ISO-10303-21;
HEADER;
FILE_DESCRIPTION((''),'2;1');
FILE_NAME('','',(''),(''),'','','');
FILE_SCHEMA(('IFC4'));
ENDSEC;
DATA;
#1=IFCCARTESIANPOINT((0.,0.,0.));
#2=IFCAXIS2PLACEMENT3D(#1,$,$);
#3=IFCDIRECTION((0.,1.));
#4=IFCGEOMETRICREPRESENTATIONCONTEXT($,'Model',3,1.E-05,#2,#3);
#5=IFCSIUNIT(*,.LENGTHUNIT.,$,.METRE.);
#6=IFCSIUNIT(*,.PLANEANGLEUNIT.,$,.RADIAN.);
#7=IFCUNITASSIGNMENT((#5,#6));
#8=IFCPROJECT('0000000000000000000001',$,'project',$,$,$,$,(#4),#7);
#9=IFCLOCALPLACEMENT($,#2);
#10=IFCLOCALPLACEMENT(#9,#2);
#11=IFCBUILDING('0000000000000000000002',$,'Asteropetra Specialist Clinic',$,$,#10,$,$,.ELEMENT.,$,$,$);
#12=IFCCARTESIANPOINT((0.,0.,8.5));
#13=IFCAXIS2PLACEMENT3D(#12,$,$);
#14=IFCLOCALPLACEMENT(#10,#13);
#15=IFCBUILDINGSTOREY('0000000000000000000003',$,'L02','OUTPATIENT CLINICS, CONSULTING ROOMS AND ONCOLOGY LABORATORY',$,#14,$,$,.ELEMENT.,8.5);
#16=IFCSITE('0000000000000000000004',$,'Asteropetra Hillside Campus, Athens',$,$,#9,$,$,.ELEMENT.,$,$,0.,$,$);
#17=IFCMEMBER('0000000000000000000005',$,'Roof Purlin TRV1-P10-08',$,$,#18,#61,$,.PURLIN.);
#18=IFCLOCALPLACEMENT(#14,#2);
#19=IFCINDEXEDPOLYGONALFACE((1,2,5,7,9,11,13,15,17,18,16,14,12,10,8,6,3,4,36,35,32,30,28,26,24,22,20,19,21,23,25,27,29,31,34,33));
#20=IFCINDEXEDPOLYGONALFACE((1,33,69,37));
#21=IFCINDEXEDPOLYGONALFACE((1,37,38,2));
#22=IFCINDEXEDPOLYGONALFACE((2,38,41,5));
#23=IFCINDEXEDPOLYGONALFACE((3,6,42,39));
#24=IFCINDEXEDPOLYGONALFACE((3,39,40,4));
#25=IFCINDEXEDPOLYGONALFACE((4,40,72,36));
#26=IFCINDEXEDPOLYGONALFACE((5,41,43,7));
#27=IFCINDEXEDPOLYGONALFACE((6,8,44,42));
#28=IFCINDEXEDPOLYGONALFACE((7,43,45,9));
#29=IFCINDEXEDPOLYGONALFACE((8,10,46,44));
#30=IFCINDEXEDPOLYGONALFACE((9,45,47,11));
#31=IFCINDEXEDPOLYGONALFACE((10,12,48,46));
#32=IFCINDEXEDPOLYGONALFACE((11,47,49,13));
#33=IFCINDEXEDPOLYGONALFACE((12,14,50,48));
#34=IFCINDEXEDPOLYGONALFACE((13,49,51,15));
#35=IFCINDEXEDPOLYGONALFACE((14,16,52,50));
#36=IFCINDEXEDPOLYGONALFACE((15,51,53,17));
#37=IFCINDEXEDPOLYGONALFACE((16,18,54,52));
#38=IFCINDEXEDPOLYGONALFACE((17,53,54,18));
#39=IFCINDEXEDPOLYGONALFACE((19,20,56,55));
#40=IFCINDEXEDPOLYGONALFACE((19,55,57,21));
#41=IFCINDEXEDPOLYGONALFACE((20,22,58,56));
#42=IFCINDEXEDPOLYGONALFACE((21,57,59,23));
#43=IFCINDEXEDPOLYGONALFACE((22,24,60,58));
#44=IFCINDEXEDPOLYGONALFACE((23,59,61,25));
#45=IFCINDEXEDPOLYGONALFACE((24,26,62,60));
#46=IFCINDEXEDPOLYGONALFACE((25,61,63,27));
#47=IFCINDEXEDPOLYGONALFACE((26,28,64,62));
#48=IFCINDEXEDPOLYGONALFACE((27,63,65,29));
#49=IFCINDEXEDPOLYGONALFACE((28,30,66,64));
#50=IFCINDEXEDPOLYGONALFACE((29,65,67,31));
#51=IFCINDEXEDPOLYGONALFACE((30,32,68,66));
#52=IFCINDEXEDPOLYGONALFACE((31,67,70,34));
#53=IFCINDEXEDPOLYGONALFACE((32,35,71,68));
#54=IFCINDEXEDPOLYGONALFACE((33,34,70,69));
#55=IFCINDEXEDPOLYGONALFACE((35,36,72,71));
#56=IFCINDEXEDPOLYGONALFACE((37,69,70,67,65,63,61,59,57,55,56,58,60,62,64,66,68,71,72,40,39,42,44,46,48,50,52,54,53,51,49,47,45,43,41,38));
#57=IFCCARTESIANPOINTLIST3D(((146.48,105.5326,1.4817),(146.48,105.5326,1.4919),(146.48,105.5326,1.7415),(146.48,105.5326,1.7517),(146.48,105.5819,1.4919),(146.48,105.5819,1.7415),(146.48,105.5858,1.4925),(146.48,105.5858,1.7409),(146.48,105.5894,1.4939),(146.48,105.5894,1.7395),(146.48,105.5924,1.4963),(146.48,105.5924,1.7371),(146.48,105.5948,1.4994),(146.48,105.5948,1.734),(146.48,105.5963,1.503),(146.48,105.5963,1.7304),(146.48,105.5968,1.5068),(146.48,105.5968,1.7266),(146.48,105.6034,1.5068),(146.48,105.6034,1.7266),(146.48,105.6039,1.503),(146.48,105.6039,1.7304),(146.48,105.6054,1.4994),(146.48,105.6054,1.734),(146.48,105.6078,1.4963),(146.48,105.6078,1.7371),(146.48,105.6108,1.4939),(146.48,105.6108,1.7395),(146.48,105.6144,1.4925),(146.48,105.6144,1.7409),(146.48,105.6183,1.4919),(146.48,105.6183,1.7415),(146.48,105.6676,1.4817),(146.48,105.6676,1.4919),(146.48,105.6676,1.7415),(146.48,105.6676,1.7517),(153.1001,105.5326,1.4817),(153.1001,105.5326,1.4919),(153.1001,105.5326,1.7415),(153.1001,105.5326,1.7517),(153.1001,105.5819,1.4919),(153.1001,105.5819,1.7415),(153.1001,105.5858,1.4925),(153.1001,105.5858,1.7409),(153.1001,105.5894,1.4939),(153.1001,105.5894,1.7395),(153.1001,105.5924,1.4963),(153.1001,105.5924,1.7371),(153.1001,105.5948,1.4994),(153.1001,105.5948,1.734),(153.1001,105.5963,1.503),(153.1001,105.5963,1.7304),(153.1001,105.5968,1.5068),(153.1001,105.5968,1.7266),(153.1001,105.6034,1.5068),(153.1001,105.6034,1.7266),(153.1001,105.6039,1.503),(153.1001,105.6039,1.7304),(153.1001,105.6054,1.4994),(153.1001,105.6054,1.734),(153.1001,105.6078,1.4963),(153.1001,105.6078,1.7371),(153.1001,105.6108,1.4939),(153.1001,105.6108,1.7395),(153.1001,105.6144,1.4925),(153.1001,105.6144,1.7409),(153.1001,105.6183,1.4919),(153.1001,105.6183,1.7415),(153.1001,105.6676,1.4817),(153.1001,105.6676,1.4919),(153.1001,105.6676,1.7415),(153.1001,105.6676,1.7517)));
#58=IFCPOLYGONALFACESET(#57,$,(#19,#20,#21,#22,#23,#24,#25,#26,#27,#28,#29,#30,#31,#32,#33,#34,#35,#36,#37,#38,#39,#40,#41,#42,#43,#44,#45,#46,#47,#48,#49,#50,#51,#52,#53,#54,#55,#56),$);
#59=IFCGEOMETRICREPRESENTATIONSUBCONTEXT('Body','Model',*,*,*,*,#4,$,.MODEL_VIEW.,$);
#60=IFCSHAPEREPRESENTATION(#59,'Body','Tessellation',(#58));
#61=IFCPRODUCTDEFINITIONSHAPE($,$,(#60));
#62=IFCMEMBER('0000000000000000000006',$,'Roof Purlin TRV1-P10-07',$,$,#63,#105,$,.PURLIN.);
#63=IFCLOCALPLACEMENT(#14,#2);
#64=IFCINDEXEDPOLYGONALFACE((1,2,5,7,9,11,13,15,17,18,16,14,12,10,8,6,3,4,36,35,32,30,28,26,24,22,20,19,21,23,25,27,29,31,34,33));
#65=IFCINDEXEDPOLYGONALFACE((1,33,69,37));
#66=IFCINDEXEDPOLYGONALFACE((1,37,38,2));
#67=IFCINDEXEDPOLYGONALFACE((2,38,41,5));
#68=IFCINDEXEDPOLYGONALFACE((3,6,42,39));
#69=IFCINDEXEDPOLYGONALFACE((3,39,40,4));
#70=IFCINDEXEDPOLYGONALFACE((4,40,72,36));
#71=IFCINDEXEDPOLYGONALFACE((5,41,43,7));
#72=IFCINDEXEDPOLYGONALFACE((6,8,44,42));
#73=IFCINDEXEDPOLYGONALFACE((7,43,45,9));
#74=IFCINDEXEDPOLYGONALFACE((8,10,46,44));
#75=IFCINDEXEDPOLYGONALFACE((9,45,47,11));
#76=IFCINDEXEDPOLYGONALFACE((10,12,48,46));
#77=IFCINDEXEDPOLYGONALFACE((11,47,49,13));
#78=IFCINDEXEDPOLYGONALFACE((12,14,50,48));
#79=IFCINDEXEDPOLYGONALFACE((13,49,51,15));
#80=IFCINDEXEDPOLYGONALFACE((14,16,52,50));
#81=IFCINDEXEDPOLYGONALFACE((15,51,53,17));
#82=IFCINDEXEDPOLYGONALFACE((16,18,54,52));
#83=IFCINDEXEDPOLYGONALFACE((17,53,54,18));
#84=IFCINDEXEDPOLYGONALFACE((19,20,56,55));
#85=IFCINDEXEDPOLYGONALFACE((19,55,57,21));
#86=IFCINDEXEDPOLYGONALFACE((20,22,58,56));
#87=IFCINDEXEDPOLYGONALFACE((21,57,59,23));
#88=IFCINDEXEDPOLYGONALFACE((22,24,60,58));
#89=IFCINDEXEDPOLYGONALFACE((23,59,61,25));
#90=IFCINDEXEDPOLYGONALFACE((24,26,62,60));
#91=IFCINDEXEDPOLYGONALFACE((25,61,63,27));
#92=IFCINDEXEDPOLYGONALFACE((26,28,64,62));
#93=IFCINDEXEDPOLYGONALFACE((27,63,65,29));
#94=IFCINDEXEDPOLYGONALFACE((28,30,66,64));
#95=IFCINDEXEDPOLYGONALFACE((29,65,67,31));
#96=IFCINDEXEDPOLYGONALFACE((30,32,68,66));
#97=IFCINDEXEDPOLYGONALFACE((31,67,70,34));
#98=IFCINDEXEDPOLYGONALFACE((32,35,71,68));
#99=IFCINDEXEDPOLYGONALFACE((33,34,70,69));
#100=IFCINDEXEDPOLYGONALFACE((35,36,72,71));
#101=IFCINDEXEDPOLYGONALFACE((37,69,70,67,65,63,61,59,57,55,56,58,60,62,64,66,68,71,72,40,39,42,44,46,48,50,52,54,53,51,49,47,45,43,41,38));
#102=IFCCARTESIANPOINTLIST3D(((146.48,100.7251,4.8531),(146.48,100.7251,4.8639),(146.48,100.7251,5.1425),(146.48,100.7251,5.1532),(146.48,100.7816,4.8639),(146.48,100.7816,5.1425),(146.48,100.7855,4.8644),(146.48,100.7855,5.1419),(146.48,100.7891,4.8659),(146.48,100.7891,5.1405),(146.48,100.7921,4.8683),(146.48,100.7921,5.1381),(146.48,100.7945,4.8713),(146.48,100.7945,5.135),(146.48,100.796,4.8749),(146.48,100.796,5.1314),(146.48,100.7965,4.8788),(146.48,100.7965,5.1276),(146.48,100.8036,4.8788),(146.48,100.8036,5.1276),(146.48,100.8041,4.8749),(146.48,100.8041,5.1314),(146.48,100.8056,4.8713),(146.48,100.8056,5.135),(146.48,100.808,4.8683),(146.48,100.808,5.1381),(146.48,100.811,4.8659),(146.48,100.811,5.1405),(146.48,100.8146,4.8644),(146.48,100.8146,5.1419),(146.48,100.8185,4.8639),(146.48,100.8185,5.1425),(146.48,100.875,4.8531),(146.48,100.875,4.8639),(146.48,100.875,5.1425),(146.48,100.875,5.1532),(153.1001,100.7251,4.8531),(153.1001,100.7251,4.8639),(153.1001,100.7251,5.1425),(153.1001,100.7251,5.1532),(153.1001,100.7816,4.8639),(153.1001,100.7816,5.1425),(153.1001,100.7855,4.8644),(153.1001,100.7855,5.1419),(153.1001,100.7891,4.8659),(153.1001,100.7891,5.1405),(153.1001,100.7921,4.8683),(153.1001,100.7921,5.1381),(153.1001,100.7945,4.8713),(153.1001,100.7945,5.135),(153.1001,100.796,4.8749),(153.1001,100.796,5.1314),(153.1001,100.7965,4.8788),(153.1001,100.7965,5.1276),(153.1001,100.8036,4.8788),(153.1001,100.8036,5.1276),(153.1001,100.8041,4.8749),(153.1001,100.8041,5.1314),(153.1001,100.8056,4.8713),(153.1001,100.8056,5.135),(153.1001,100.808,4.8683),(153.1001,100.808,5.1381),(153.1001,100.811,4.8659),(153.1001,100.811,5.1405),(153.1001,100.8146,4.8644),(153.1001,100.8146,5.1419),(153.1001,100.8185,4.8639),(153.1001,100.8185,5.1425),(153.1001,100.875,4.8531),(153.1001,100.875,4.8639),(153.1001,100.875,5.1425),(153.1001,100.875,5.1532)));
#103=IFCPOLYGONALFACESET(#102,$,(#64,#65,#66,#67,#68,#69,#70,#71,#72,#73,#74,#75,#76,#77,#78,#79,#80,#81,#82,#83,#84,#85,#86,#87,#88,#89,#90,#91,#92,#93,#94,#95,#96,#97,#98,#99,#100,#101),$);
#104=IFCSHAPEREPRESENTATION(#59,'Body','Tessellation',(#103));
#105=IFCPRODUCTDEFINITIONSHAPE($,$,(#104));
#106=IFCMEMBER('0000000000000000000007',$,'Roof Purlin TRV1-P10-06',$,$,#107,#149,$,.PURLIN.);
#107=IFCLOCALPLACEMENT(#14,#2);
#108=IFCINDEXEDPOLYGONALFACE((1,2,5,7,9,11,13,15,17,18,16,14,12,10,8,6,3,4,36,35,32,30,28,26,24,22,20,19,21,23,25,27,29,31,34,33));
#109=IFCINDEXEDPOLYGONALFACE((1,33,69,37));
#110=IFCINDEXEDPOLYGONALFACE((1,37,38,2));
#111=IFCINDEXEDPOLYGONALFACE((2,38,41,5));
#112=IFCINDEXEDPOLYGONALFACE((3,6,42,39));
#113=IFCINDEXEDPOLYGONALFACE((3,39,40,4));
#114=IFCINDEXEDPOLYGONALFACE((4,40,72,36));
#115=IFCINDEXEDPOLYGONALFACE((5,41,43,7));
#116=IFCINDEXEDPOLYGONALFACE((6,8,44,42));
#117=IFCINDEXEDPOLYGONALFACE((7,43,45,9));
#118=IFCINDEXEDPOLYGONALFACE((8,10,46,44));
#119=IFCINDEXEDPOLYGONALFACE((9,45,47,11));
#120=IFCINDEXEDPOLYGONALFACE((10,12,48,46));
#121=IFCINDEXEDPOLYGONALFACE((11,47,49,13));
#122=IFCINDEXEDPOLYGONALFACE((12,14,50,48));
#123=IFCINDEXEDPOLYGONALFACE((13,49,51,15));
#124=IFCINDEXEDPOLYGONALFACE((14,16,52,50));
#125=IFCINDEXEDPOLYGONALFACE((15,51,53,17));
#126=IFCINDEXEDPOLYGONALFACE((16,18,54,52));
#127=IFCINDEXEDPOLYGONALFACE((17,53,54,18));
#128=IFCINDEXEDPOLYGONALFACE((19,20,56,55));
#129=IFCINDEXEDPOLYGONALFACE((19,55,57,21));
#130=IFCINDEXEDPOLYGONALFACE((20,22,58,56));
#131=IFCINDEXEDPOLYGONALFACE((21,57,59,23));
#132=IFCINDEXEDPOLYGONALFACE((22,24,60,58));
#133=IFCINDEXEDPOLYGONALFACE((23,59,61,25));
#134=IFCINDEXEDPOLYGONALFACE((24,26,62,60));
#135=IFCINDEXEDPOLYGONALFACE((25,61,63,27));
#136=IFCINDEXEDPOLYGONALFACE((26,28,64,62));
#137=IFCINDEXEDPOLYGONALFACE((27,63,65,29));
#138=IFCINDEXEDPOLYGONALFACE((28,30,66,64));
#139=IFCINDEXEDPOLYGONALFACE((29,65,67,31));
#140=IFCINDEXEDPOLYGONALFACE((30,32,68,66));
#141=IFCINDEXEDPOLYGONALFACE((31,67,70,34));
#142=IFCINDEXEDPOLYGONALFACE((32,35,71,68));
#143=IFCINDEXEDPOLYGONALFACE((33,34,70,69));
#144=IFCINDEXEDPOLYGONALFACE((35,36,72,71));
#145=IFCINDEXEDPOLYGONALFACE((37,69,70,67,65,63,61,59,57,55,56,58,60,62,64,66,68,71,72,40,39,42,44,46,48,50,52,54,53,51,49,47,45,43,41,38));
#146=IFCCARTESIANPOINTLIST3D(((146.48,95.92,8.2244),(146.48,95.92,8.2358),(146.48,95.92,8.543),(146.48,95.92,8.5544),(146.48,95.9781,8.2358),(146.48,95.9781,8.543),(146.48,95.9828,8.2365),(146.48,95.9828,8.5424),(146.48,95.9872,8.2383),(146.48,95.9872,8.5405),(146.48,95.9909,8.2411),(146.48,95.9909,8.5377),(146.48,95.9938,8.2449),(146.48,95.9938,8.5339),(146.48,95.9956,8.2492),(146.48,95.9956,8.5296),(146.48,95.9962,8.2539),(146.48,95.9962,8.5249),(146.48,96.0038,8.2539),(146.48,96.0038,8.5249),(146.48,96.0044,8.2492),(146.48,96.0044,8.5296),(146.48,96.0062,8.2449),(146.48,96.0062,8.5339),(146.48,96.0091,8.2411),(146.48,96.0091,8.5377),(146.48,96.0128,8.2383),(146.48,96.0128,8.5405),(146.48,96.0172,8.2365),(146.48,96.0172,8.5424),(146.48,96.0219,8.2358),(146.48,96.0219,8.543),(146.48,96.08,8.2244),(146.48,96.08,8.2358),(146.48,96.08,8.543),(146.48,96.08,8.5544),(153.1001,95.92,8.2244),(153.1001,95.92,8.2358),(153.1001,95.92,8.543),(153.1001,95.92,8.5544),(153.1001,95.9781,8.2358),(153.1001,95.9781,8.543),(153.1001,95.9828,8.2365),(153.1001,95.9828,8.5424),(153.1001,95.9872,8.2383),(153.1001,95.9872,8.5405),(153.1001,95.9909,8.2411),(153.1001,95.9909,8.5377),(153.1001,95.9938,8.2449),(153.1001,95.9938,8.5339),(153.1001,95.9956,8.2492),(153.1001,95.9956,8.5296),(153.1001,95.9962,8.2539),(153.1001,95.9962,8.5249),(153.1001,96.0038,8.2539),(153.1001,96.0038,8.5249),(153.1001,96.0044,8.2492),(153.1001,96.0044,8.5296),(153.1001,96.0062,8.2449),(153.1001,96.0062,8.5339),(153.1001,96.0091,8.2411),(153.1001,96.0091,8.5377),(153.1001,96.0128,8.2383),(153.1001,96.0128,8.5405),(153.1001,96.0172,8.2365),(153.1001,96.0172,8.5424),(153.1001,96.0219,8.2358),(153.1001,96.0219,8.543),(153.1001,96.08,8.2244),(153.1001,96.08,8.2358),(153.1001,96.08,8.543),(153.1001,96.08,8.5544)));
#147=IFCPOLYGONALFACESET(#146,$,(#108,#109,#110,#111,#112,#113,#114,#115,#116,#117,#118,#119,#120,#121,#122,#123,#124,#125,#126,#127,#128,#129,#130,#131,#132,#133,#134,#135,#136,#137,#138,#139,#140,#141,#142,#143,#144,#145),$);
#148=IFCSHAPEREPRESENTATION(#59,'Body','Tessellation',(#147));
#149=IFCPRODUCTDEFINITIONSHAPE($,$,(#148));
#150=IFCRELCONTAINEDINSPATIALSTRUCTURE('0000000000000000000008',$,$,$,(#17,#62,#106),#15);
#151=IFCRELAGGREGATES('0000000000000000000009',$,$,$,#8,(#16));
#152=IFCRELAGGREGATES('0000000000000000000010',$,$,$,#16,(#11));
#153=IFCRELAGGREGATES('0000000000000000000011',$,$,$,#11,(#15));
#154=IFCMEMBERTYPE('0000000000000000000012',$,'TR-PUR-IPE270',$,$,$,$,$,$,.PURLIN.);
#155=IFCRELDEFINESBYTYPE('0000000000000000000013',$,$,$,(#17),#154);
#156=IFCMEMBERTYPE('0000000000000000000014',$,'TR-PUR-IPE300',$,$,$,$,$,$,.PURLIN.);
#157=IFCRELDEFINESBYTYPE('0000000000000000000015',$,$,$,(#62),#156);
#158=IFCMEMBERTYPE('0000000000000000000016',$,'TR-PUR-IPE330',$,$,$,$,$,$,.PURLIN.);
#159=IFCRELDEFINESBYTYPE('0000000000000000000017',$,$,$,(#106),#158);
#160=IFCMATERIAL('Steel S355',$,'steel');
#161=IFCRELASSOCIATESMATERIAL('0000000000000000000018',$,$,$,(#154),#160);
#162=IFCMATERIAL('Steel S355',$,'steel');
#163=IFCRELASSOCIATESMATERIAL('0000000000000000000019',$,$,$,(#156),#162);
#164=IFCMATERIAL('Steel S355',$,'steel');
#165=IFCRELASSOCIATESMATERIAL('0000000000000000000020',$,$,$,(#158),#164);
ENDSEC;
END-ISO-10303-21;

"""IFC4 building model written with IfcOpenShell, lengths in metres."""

from ifc_helpers import new_model, si_unit, direction, frame, origin, origin_2d, place, context, subcontext, project, spatial, i_section, extrude, material, material_profile, profile_set, type_object, element, save


model = new_model("IFC4")

# Units and contexts
model_context = context("Model", 3, precision=1e-05, world=origin(), true_north=direction((0.0, 1.0)))
body_context = subcontext(model_context, "Body", "Model", "MODEL_VIEW")
ifc_project = project(units=[si_unit("LENGTHUNIT", "METRE"), si_unit("PLANEANGLEUNIT", "RADIAN")], contexts=[model_context])

# Site, building, storey
site_placement = place(None, origin())
site = spatial("IfcSite", under=ifc_project, at=site_placement, Name="Asteropetra Hillside Campus, Athens", CompositionType="ELEMENT", RefElevation=0.0)
building_placement = place(site_placement, origin())
building = spatial("IfcBuilding", under=site, at=building_placement, Name="Asteropetra Specialist Clinic", CompositionType="ELEMENT")
storey_placement = place(building_placement, frame((0.0, 0.0, 8.5)))
storey = spatial("IfcBuildingStorey", under=building, at=storey_placement, Name="L02", Description="OUTPATIENT CLINICS, CONSULTING ROOMS AND ONCOLOGY LABORATORY", CompositionType="ELEMENT", Elevation=8.5)

# Members
ifc_material_1 = material(Name="Steel S355", Category="steel")
ifc_material_profile_1 = material_profile(ifc_material_1, i_section(OverallWidth=0.135, OverallDepth=0.27, WebThickness=0.0066, FlangeThickness=0.0103, FilletRadius=0.0149, at=origin_2d()), Name="IPE 270")
ifc_profile_set_1 = profile_set([ifc_material_profile_1], Name="Steel S355")
member_type_1 = type_object("IfcMemberType", Name="TR-PUR-IPE270", PredefinedType="PURLIN", material=ifc_profile_set_1)
member_1_placement = place(storey_placement, frame((146.48, 105.6001, 1.6167), z_axis=(1.0, 0.0, 0.0), x_axis=(0.0, 1.0, 0.0)))
element("IfcMember", 1, at=member_1_placement, inside=storey, type_object=member_type_1, Name="Roof Purlin TRV1-P10-08", PredefinedType="PURLIN", context=body_context, shape_type="SweptSolid", body=[
    extrude(i_section(OverallWidth=0.135, OverallDepth=0.27, WebThickness=0.0066, FlangeThickness=0.0103, FilletRadius=0.0149, at=origin_2d()), origin(), (0.0, 0.0, 1.0), 6.6201),
])
ifc_material_2 = material(Name="Steel S355", Category="steel")
ifc_material_profile_2 = material_profile(ifc_material_2, i_section(OverallWidth=0.1499, OverallDepth=0.3, WebThickness=0.0071, FlangeThickness=0.0107, FilletRadius=0.0149, at=origin_2d()), Name="IPE 300")
ifc_profile_set_2 = profile_set([ifc_material_profile_2], Name="Steel S355")
member_type_2 = type_object("IfcMemberType", Name="TR-PUR-IPE300", PredefinedType="PURLIN", material=ifc_profile_set_2)
member_2_placement = place(storey_placement, frame((146.48, 100.8, 5.0032), z_axis=(1.0, 0.0, 0.0), x_axis=(0.0, 1.0, 0.0)))
element("IfcMember", 2, at=member_2_placement, inside=storey, type_object=member_type_2, Name="Roof Purlin TRV1-P10-07", PredefinedType="PURLIN", context=body_context, shape_type="SweptSolid", body=[
    extrude(i_section(OverallWidth=0.1499, OverallDepth=0.3, WebThickness=0.0071, FlangeThickness=0.0107, FilletRadius=0.0149, at=origin_2d()), origin(), (0.0, 0.0, 1.0), 6.6201),
])
ifc_material_3 = material(Name="Steel S355", Category="steel")
ifc_material_profile_3 = material_profile(ifc_material_3, i_section(OverallWidth=0.1599, OverallDepth=0.3301, WebThickness=0.0076, FlangeThickness=0.0115, FilletRadius=0.0181, at=origin_2d()), Name="IPE 330")
ifc_profile_set_3 = profile_set([ifc_material_profile_3], Name="Steel S355")
member_type_3 = type_object("IfcMemberType", Name="TR-PUR-IPE330", PredefinedType="PURLIN", material=ifc_profile_set_3)
member_3_placement = place(storey_placement, frame((146.48, 96.0, 8.3894), z_axis=(1.0, 0.0, 0.0), x_axis=(0.0, 1.0, 0.0)))
element("IfcMember", 3, at=member_3_placement, inside=storey, type_object=member_type_3, Name="Roof Purlin TRV1-P10-06", PredefinedType="PURLIN", context=body_context, shape_type="SweptSolid", body=[
    extrude(i_section(OverallWidth=0.1599, OverallDepth=0.3301, WebThickness=0.0076, FlangeThickness=0.0115, FilletRadius=0.0181, at=origin_2d()), origin(), (0.0, 0.0, 1.0), 6.6201),
])

save(model, "model.ifc")
